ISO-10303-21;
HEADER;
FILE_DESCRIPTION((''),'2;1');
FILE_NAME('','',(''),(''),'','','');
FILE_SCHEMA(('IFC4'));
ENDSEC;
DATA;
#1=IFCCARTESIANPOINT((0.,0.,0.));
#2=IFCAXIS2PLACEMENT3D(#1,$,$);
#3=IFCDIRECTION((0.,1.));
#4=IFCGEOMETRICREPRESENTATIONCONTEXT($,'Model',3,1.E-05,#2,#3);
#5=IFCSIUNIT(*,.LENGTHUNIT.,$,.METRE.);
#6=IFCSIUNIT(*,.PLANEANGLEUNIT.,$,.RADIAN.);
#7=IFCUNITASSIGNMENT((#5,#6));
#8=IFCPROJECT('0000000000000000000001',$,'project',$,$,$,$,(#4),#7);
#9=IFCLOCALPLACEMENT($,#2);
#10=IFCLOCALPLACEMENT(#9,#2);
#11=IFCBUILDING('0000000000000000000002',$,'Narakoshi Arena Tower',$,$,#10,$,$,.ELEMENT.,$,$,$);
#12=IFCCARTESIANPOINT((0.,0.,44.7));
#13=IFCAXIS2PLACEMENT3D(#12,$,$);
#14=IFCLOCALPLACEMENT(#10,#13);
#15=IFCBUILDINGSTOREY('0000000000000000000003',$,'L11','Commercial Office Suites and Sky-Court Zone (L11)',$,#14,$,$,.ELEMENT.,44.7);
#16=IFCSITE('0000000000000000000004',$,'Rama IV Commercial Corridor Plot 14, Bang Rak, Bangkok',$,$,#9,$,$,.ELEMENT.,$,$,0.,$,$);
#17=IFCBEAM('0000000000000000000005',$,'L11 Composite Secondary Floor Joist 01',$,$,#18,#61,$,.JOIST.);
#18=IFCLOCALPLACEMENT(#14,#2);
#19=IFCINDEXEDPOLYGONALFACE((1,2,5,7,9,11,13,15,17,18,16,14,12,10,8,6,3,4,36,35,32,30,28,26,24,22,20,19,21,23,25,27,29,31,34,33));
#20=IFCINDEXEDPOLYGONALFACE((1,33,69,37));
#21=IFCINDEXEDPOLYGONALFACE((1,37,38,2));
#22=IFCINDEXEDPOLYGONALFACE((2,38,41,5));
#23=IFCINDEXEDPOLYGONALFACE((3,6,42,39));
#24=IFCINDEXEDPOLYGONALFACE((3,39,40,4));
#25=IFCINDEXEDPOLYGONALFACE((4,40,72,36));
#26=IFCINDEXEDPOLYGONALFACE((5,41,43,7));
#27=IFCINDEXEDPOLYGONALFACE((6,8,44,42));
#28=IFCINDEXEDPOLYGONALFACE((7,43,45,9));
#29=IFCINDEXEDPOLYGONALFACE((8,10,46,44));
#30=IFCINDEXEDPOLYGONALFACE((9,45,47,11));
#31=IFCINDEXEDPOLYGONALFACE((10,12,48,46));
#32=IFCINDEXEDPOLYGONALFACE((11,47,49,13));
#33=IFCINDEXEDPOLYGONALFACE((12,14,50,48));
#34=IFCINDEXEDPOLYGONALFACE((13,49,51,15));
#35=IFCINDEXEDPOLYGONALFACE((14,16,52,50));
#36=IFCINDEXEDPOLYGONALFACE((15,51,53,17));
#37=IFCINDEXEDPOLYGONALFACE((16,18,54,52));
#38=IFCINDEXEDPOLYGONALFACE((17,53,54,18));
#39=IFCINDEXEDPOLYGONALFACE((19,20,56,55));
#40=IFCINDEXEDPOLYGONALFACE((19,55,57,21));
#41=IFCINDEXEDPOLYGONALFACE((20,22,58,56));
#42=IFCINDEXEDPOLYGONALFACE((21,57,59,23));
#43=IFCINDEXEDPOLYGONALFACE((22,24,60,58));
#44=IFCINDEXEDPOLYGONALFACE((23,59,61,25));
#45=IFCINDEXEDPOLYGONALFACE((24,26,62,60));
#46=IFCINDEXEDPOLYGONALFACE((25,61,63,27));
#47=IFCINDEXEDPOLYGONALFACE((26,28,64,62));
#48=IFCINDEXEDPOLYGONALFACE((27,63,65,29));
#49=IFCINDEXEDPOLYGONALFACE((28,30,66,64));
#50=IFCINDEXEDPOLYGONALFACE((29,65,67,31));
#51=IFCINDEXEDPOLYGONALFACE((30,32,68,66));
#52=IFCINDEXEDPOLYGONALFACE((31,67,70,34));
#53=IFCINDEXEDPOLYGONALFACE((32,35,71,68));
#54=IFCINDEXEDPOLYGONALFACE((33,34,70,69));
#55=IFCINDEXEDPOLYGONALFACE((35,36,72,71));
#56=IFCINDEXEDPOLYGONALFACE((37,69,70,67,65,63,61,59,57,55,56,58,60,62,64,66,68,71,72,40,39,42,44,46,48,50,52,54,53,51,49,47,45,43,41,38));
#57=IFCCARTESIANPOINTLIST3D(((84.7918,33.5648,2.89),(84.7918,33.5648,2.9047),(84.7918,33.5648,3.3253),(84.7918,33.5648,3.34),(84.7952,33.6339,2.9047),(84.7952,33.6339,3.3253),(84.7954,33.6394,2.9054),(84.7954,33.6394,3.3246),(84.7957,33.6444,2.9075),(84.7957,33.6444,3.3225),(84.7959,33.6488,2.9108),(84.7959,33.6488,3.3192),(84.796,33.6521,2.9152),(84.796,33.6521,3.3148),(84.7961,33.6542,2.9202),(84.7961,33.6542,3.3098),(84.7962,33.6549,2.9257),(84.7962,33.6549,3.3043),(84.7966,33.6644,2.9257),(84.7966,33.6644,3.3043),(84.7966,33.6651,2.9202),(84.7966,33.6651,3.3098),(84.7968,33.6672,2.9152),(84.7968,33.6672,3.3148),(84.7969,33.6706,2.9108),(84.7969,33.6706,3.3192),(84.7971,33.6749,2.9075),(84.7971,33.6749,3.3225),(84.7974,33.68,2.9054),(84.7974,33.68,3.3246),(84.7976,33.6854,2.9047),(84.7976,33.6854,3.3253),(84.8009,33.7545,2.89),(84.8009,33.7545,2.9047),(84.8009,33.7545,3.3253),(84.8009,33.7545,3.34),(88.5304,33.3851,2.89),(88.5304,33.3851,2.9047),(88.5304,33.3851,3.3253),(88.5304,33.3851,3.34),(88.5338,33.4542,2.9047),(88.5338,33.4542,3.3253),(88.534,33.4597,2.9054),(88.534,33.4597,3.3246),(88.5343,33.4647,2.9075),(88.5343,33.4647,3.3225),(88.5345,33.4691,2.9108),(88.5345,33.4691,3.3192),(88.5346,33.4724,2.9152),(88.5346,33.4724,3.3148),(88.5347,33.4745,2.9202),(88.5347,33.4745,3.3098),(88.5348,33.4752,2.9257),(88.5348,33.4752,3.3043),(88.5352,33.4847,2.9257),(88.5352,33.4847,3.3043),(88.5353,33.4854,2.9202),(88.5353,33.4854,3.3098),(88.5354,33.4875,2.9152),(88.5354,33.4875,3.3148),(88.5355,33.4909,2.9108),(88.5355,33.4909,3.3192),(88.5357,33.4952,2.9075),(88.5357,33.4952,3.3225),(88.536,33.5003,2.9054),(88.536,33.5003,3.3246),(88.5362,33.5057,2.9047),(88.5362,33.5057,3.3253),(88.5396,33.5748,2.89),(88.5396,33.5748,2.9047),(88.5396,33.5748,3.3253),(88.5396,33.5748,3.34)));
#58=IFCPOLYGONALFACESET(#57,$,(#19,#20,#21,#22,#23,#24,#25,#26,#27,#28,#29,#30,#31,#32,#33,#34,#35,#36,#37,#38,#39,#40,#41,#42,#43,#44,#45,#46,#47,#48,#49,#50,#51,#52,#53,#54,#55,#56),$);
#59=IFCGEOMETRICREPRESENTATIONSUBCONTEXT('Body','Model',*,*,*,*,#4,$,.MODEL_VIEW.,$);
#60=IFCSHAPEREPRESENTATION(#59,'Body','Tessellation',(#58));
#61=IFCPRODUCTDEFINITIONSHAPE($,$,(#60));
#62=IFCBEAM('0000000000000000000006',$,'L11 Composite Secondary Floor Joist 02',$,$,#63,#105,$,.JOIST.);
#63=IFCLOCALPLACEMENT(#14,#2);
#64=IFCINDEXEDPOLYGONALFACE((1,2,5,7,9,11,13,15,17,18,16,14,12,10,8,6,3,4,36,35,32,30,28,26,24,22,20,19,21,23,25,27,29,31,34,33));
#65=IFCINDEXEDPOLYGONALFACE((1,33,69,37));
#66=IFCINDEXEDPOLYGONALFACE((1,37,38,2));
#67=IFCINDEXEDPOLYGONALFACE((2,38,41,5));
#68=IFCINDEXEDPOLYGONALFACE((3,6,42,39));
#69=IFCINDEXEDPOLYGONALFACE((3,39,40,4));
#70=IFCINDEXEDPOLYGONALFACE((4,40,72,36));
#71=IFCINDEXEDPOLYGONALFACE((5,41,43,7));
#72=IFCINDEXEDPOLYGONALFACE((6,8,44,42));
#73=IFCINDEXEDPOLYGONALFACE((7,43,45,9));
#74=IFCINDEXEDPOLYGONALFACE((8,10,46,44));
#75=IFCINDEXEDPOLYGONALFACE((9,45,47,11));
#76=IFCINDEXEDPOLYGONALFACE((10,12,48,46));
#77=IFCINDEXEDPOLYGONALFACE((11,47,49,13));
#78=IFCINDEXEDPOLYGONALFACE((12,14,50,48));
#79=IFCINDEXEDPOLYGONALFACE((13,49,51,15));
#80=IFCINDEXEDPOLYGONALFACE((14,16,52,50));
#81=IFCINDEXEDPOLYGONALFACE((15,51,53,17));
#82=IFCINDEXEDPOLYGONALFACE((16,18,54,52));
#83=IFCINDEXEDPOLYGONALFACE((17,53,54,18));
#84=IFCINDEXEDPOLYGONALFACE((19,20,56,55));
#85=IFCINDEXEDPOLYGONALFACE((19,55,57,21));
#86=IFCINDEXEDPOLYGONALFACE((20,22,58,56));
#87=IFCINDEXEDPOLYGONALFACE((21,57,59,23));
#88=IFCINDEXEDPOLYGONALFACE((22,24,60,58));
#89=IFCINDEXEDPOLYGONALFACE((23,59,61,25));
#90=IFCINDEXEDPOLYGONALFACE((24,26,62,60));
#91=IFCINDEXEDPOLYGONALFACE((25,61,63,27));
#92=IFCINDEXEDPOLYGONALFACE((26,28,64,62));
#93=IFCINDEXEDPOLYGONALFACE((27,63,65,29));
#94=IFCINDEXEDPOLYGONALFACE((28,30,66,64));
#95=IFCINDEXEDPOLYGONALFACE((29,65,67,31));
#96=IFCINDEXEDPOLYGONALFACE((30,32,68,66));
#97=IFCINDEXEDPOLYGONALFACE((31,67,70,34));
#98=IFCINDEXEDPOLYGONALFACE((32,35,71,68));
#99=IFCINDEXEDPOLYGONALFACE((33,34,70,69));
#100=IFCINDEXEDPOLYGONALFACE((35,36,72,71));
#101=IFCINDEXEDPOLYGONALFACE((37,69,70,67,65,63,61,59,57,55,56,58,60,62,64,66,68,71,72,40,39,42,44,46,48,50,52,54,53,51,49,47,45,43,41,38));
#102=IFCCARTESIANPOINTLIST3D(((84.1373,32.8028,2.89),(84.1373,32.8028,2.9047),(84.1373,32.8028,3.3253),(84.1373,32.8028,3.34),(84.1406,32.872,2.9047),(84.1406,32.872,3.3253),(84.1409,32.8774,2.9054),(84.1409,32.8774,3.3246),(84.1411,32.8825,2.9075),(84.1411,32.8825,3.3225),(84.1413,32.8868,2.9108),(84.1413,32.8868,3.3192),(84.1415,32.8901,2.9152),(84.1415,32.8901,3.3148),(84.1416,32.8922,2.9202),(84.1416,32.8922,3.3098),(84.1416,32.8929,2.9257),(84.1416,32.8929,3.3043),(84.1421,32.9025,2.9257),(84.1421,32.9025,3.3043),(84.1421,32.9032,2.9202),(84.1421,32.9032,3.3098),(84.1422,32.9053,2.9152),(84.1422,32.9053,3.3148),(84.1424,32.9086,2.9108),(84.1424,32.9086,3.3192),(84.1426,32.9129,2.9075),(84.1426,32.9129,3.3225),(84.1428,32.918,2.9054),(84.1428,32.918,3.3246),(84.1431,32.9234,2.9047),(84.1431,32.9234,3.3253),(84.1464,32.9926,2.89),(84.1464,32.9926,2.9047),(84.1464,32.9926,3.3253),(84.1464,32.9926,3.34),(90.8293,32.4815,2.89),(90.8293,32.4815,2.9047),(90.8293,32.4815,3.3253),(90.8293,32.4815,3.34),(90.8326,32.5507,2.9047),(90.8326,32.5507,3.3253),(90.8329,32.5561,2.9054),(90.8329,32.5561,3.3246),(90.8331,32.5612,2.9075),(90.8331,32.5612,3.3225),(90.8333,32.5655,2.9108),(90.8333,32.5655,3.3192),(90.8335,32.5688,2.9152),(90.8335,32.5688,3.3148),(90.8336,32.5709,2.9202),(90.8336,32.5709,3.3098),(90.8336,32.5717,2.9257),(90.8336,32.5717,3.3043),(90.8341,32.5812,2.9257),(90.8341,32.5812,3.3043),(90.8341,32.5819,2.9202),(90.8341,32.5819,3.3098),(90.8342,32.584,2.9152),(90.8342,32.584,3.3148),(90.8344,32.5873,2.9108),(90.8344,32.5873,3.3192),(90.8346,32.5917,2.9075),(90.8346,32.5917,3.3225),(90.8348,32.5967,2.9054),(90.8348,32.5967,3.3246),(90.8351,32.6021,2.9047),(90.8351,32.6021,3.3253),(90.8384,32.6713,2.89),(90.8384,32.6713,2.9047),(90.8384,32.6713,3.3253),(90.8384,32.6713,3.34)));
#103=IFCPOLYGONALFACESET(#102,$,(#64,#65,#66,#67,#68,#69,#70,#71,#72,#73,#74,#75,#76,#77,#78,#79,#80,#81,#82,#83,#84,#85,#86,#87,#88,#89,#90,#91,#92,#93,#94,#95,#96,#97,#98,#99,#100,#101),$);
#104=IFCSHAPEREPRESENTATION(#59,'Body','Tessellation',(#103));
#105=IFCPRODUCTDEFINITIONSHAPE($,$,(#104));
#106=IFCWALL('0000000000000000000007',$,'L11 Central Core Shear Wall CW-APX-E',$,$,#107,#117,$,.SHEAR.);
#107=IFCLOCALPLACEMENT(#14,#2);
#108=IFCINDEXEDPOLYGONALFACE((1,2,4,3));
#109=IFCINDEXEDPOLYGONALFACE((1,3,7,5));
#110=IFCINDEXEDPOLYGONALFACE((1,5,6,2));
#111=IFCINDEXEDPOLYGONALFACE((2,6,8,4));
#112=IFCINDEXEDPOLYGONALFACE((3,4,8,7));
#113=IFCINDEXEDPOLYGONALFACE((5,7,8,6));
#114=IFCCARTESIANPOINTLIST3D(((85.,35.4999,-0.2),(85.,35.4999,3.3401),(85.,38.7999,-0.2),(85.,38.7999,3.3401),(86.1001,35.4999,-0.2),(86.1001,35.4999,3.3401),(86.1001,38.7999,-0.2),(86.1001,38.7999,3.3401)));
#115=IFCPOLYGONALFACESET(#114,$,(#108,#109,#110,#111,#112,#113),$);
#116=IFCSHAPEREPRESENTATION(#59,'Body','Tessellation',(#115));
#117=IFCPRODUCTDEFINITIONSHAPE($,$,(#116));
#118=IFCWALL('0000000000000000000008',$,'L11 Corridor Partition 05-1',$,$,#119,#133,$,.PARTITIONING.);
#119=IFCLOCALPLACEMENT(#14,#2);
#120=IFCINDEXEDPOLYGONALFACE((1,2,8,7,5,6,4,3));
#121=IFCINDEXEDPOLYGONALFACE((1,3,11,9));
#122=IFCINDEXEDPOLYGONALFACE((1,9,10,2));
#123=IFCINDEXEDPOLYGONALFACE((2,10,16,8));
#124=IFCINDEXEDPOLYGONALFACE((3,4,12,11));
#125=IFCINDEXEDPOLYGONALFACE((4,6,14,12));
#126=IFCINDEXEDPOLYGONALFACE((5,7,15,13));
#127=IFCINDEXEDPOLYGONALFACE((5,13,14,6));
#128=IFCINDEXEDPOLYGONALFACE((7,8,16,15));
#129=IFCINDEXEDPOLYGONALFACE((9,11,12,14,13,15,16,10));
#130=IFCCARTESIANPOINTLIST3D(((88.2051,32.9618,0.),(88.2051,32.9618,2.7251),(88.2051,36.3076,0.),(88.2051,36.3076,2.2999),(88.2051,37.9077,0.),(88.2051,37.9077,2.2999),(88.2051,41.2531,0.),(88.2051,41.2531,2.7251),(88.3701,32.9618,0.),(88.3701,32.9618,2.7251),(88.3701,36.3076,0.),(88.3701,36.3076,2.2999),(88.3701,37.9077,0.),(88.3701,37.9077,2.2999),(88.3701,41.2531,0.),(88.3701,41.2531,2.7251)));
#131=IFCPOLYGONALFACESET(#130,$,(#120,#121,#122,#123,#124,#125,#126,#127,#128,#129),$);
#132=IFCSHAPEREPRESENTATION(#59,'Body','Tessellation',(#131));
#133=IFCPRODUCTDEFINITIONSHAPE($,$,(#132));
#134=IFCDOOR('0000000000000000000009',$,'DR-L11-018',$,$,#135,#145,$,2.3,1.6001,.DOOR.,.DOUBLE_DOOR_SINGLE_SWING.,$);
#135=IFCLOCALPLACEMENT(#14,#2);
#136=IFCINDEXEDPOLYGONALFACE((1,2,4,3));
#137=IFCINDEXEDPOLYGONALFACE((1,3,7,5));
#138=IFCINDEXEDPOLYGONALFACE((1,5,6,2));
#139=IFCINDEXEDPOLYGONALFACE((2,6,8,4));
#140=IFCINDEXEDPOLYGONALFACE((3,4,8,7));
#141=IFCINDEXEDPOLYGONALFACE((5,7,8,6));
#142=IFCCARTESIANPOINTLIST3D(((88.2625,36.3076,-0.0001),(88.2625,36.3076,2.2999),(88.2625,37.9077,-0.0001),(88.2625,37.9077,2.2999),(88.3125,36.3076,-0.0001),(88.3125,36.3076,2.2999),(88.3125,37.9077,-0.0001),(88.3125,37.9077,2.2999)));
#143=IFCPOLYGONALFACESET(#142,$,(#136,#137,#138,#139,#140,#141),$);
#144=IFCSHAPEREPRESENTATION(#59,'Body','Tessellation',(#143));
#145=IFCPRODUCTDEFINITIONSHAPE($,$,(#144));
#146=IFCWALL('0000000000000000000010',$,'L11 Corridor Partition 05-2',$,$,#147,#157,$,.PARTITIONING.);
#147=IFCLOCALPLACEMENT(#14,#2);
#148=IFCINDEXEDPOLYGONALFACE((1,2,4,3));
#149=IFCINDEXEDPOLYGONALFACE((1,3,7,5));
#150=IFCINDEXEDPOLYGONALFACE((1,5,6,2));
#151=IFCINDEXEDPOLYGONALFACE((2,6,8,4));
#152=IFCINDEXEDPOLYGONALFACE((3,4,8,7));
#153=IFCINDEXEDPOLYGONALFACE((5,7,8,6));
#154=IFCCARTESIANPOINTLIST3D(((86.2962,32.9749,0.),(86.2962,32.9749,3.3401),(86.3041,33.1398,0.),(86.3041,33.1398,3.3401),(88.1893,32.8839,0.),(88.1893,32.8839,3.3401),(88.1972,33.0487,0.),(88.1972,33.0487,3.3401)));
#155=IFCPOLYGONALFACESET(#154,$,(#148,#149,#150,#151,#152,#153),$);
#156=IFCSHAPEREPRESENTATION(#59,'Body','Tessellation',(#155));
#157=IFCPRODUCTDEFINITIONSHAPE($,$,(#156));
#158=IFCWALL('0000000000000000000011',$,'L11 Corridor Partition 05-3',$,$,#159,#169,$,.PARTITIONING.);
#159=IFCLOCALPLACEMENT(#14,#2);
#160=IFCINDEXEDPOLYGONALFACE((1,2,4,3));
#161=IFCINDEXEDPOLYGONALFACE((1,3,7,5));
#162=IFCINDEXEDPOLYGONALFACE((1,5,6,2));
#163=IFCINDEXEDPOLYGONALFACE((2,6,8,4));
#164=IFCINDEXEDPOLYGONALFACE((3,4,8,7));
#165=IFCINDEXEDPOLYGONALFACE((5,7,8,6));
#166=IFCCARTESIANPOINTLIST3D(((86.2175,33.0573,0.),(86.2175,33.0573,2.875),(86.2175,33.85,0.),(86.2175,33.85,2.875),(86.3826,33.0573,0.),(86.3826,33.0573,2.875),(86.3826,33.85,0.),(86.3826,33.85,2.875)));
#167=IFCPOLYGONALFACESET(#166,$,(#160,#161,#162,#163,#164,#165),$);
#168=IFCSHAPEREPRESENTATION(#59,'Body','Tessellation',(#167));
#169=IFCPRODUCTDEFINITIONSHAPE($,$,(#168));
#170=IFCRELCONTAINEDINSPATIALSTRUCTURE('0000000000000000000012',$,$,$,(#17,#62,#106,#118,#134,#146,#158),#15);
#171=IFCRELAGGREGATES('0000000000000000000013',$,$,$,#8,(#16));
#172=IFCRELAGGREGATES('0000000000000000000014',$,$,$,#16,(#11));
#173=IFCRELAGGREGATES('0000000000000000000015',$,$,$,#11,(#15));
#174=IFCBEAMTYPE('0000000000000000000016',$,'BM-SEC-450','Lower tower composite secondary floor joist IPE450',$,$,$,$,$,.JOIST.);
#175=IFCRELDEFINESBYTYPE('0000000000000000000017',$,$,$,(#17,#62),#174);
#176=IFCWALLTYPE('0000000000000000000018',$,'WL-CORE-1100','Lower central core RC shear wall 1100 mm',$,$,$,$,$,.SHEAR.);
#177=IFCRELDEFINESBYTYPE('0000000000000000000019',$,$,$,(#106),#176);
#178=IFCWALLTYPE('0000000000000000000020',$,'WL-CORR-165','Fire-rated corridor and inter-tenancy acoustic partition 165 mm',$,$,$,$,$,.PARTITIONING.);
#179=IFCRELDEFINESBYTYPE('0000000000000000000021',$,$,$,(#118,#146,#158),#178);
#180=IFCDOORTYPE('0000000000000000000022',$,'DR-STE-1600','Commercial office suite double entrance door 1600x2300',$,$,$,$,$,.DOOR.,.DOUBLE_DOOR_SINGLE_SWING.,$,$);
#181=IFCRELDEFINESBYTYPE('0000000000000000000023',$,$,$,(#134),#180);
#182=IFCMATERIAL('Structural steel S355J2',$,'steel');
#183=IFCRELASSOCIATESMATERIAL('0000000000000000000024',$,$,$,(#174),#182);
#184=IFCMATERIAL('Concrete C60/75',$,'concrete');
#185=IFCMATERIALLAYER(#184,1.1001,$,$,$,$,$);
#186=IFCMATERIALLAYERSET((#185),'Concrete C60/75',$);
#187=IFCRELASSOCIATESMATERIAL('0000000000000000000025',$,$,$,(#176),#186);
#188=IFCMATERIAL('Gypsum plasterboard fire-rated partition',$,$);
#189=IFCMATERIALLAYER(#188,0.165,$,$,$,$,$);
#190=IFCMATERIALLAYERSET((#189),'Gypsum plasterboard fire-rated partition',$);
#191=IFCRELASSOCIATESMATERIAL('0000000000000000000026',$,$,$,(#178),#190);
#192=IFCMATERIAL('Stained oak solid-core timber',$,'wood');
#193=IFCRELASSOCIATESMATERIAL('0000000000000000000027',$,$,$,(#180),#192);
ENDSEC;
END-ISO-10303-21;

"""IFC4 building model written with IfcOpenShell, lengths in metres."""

from ifc_helpers import new_model, si_unit, direction, frame, frame_2d, origin, origin_2d, place, context, subcontext, project, spatial, rectangle, i_section, extrude, material, layer, layer_set, material_profile, profile_set, type_object, element, fill, save


model = new_model("IFC4")

# Units and contexts
model_context = context("Model", 3, precision=1e-05, world=origin(), true_north=direction((0.0, 1.0)))
body_context = subcontext(model_context, "Body", "Model", "MODEL_VIEW")
ifc_project = project(units=[si_unit("LENGTHUNIT", "METRE"), si_unit("PLANEANGLEUNIT", "RADIAN")], contexts=[model_context])

# Site, building, storey
site_placement = place(None, origin())
site = spatial("IfcSite", under=ifc_project, at=site_placement, Name="Rama IV Commercial Corridor Plot 14, Bang Rak, Bangkok", CompositionType="ELEMENT", RefElevation=0.0)
building_placement = place(site_placement, origin())
building = spatial("IfcBuilding", under=site, at=building_placement, Name="Narakoshi Arena Tower", CompositionType="ELEMENT")
storey_placement = place(building_placement, frame((0.0, 0.0, 44.7)))
storey = spatial("IfcBuildingStorey", under=building, at=storey_placement, Name="L11", Description="Commercial Office Suites and Sky-Court Zone (L11)", CompositionType="ELEMENT", Elevation=44.7)

# Shared definitions
ifc_material_1 = material(Name="Concrete C60/75", Category="concrete")

# Beams
ifc_material_2 = material(Name="Structural steel S355J2", Category="steel")
ifc_material_profile_1 = material_profile(ifc_material_2, i_section(OverallWidth=0.1899, OverallDepth=0.45, WebThickness=0.0095, FlangeThickness=0.0146, FilletRadius=0.021, at=origin_2d()), Name="IPE450")
ifc_profile_set_1 = profile_set([ifc_material_profile_1], Name="Structural steel S355J2")
beam_type_1 = type_object("IfcBeamType", Name="BM-SEC-450", Description="Lower tower composite secondary floor joist IPE450", PredefinedType="JOIST", material=ifc_profile_set_1)
beam_1_placement = place(storey_placement, frame((84.7964, 33.6597, 3.115), z_axis=(0.998847, -0.048008, 0.0), x_axis=(0.048008, 0.998847, 0.0)))
element("IfcBeam", 1, at=beam_1_placement, inside=storey, type_object=beam_type_1, Name="L11 Composite Secondary Floor Joist 01", PredefinedType="JOIST", context=body_context, shape_type="SweptSolid", body=[
    extrude(i_section(OverallWidth=0.1899, OverallDepth=0.45, WebThickness=0.0095, FlangeThickness=0.0146, FilletRadius=0.021, at=origin_2d()), origin(), (0.0, 0.0, 1.0), 3.7429),
])
beam_2_placement = place(storey_placement, frame((84.1418, 32.8977, 3.115), z_axis=(0.998849, -0.047956, 0.0), x_axis=(0.047956, 0.998849, 0.0)))
element("IfcBeam", 2, at=beam_2_placement, inside=storey, type_object=beam_type_1, Name="L11 Composite Secondary Floor Joist 02", PredefinedType="JOIST", context=body_context, shape_type="SweptSolid", body=[
    extrude(i_section(OverallWidth=0.1899, OverallDepth=0.45, WebThickness=0.0095, FlangeThickness=0.0146, FilletRadius=0.021, at=origin_2d()), origin(), (0.0, 0.0, 1.0), 6.6997),
])

# Wall
ifc_layer_1 = layer(ifc_material_1, 1.1001)
ifc_layer_set_1 = layer_set([ifc_layer_1], Name="Concrete C60/75")
wall_type_1 = type_object("IfcWallType", Name="WL-CORE-1100", Description="Lower central core RC shear wall 1100 mm", PredefinedType="SHEAR", material=ifc_layer_set_1)
wall_1_placement = place(storey_placement, frame((85.55, 35.5, -0.2), z_axis=(0.0, 0.0, 1.0), x_axis=(0.0, 1.0, 0.0)))
element("IfcWall", 3, at=wall_1_placement, inside=storey, type_object=wall_type_1, Name="L11 Central Core Shear Wall CW-APX-E", PredefinedType="SHEAR", context=body_context, shape_type="SweptSolid", body=[
    extrude(rectangle(XDim=3.3, YDim=1.1001, at=frame_2d((1.6499, 0.0))), origin(), (0.0, 0.0, 1.0), 3.54),
])

# Wall, opening, door
ifc_material_3 = material(Name="Gypsum plasterboard fire-rated partition")
ifc_layer_2 = layer(ifc_material_3, 0.165)
ifc_layer_set_2 = layer_set([ifc_layer_2], Name="Gypsum plasterboard fire-rated partition")
wall_type_2 = type_object("IfcWallType", Name="WL-CORR-165", Description="Fire-rated corridor and inter-tenancy acoustic partition 165 mm", PredefinedType="PARTITIONING", material=ifc_layer_set_2)
wall_2_placement = place(storey_placement, frame((88.2876, 32.9619, 0.0), z_axis=(0.0, 0.0, 1.0), x_axis=(0.0, 1.0, 0.0)))
wall_2 = element("IfcWall", 4, at=wall_2_placement, inside=storey, type_object=wall_type_2, Name="L11 Corridor Partition 05-1", PredefinedType="PARTITIONING", context=body_context, shape_type="SweptSolid", body=[
    extrude(rectangle(XDim=8.2913, YDim=0.165, at=frame_2d((4.1455, 0.0))), origin(), (0.0, 0.0, 1.0), 2.7251),
])
opening_1_placement = place(wall_2_placement, frame((3.3457, 0.0, 0.0)))
opening_1 = element("IfcOpeningElement", 5, at=opening_1_placement, cuts=wall_2, PredefinedType="OPENING", context=body_context, shape_type="SweptSolid", body=[
    extrude(rectangle(XDim=1.6001, YDim=2.3, at=frame_2d((0.8, 1.1499))), frame((0.0, 0.0925, 0.0), z_axis=(0.0, -1.0, 0.0), x_axis=(1.0, 0.0, 0.0)), (0.0, 0.0, 1.0), 0.1851),
])
ifc_material_4 = material(Name="Stained oak solid-core timber", Category="wood")
door_type = type_object("IfcDoorType", Name="DR-STE-1600", Description="Commercial office suite double entrance door 1600x2300", OperationType="DOUBLE_DOOR_SINGLE_SWING", PredefinedType="DOOR", material=ifc_material_4)
door_placement = place(opening_1_placement, frame((1.6001, 0.0, 0.0), z_axis=(0.0, 0.0, 1.0), x_axis=(-1.0, 0.0, 0.0)))
door = element("IfcDoor", 6, at=door_placement, inside=storey, type_object=door_type, Name="DR-L11-018", OperationType="DOUBLE_DOOR_SINGLE_SWING", OverallHeight=2.3, OverallWidth=1.6001, PredefinedType="DOOR", context=body_context, shape_type="SweptSolid", body=[
    extrude(rectangle(XDim=1.6001, YDim=2.3, at=frame_2d((0.8, 1.1499))), frame((0.0, 0.0249, 0.0), z_axis=(0.0, -1.0, 0.0), x_axis=(1.0, 0.0, 0.0)), (0.0, 0.0, 1.0), 0.05),
])
fill(opening_1, door)

# Walls
wall_3_placement = place(storey_placement, frame((86.3, 33.0574, 0.0), z_axis=(0.0, 0.0, 1.0), x_axis=(0.998845, -0.048049, 0.0)))
element("IfcWall", 7, at=wall_3_placement, inside=storey, type_object=wall_type_2, Name="L11 Corridor Partition 05-2", PredefinedType="PARTITIONING", context=body_context, shape_type="SweptSolid", body=[
    extrude(rectangle(XDim=1.8953, YDim=0.165, at=frame_2d((0.9478, 0.0))), origin(), (0.0, 0.0, 1.0), 3.3401),
])
wall_4_placement = place(storey_placement, frame((86.3, 33.8501, 0.0), z_axis=(0.0, 0.0, 1.0), x_axis=(0.0, -1.0, 0.0)))
element("IfcWall", 8, at=wall_4_placement, inside=storey, type_object=wall_type_2, Name="L11 Corridor Partition 05-3", PredefinedType="PARTITIONING", context=body_context, shape_type="SweptSolid", body=[
    extrude(rectangle(XDim=0.7927, YDim=0.165, at=frame_2d((0.3965, 0.0))), origin(), (0.0, 0.0, 1.0), 2.875),
])

save(model, "model.ifc")
